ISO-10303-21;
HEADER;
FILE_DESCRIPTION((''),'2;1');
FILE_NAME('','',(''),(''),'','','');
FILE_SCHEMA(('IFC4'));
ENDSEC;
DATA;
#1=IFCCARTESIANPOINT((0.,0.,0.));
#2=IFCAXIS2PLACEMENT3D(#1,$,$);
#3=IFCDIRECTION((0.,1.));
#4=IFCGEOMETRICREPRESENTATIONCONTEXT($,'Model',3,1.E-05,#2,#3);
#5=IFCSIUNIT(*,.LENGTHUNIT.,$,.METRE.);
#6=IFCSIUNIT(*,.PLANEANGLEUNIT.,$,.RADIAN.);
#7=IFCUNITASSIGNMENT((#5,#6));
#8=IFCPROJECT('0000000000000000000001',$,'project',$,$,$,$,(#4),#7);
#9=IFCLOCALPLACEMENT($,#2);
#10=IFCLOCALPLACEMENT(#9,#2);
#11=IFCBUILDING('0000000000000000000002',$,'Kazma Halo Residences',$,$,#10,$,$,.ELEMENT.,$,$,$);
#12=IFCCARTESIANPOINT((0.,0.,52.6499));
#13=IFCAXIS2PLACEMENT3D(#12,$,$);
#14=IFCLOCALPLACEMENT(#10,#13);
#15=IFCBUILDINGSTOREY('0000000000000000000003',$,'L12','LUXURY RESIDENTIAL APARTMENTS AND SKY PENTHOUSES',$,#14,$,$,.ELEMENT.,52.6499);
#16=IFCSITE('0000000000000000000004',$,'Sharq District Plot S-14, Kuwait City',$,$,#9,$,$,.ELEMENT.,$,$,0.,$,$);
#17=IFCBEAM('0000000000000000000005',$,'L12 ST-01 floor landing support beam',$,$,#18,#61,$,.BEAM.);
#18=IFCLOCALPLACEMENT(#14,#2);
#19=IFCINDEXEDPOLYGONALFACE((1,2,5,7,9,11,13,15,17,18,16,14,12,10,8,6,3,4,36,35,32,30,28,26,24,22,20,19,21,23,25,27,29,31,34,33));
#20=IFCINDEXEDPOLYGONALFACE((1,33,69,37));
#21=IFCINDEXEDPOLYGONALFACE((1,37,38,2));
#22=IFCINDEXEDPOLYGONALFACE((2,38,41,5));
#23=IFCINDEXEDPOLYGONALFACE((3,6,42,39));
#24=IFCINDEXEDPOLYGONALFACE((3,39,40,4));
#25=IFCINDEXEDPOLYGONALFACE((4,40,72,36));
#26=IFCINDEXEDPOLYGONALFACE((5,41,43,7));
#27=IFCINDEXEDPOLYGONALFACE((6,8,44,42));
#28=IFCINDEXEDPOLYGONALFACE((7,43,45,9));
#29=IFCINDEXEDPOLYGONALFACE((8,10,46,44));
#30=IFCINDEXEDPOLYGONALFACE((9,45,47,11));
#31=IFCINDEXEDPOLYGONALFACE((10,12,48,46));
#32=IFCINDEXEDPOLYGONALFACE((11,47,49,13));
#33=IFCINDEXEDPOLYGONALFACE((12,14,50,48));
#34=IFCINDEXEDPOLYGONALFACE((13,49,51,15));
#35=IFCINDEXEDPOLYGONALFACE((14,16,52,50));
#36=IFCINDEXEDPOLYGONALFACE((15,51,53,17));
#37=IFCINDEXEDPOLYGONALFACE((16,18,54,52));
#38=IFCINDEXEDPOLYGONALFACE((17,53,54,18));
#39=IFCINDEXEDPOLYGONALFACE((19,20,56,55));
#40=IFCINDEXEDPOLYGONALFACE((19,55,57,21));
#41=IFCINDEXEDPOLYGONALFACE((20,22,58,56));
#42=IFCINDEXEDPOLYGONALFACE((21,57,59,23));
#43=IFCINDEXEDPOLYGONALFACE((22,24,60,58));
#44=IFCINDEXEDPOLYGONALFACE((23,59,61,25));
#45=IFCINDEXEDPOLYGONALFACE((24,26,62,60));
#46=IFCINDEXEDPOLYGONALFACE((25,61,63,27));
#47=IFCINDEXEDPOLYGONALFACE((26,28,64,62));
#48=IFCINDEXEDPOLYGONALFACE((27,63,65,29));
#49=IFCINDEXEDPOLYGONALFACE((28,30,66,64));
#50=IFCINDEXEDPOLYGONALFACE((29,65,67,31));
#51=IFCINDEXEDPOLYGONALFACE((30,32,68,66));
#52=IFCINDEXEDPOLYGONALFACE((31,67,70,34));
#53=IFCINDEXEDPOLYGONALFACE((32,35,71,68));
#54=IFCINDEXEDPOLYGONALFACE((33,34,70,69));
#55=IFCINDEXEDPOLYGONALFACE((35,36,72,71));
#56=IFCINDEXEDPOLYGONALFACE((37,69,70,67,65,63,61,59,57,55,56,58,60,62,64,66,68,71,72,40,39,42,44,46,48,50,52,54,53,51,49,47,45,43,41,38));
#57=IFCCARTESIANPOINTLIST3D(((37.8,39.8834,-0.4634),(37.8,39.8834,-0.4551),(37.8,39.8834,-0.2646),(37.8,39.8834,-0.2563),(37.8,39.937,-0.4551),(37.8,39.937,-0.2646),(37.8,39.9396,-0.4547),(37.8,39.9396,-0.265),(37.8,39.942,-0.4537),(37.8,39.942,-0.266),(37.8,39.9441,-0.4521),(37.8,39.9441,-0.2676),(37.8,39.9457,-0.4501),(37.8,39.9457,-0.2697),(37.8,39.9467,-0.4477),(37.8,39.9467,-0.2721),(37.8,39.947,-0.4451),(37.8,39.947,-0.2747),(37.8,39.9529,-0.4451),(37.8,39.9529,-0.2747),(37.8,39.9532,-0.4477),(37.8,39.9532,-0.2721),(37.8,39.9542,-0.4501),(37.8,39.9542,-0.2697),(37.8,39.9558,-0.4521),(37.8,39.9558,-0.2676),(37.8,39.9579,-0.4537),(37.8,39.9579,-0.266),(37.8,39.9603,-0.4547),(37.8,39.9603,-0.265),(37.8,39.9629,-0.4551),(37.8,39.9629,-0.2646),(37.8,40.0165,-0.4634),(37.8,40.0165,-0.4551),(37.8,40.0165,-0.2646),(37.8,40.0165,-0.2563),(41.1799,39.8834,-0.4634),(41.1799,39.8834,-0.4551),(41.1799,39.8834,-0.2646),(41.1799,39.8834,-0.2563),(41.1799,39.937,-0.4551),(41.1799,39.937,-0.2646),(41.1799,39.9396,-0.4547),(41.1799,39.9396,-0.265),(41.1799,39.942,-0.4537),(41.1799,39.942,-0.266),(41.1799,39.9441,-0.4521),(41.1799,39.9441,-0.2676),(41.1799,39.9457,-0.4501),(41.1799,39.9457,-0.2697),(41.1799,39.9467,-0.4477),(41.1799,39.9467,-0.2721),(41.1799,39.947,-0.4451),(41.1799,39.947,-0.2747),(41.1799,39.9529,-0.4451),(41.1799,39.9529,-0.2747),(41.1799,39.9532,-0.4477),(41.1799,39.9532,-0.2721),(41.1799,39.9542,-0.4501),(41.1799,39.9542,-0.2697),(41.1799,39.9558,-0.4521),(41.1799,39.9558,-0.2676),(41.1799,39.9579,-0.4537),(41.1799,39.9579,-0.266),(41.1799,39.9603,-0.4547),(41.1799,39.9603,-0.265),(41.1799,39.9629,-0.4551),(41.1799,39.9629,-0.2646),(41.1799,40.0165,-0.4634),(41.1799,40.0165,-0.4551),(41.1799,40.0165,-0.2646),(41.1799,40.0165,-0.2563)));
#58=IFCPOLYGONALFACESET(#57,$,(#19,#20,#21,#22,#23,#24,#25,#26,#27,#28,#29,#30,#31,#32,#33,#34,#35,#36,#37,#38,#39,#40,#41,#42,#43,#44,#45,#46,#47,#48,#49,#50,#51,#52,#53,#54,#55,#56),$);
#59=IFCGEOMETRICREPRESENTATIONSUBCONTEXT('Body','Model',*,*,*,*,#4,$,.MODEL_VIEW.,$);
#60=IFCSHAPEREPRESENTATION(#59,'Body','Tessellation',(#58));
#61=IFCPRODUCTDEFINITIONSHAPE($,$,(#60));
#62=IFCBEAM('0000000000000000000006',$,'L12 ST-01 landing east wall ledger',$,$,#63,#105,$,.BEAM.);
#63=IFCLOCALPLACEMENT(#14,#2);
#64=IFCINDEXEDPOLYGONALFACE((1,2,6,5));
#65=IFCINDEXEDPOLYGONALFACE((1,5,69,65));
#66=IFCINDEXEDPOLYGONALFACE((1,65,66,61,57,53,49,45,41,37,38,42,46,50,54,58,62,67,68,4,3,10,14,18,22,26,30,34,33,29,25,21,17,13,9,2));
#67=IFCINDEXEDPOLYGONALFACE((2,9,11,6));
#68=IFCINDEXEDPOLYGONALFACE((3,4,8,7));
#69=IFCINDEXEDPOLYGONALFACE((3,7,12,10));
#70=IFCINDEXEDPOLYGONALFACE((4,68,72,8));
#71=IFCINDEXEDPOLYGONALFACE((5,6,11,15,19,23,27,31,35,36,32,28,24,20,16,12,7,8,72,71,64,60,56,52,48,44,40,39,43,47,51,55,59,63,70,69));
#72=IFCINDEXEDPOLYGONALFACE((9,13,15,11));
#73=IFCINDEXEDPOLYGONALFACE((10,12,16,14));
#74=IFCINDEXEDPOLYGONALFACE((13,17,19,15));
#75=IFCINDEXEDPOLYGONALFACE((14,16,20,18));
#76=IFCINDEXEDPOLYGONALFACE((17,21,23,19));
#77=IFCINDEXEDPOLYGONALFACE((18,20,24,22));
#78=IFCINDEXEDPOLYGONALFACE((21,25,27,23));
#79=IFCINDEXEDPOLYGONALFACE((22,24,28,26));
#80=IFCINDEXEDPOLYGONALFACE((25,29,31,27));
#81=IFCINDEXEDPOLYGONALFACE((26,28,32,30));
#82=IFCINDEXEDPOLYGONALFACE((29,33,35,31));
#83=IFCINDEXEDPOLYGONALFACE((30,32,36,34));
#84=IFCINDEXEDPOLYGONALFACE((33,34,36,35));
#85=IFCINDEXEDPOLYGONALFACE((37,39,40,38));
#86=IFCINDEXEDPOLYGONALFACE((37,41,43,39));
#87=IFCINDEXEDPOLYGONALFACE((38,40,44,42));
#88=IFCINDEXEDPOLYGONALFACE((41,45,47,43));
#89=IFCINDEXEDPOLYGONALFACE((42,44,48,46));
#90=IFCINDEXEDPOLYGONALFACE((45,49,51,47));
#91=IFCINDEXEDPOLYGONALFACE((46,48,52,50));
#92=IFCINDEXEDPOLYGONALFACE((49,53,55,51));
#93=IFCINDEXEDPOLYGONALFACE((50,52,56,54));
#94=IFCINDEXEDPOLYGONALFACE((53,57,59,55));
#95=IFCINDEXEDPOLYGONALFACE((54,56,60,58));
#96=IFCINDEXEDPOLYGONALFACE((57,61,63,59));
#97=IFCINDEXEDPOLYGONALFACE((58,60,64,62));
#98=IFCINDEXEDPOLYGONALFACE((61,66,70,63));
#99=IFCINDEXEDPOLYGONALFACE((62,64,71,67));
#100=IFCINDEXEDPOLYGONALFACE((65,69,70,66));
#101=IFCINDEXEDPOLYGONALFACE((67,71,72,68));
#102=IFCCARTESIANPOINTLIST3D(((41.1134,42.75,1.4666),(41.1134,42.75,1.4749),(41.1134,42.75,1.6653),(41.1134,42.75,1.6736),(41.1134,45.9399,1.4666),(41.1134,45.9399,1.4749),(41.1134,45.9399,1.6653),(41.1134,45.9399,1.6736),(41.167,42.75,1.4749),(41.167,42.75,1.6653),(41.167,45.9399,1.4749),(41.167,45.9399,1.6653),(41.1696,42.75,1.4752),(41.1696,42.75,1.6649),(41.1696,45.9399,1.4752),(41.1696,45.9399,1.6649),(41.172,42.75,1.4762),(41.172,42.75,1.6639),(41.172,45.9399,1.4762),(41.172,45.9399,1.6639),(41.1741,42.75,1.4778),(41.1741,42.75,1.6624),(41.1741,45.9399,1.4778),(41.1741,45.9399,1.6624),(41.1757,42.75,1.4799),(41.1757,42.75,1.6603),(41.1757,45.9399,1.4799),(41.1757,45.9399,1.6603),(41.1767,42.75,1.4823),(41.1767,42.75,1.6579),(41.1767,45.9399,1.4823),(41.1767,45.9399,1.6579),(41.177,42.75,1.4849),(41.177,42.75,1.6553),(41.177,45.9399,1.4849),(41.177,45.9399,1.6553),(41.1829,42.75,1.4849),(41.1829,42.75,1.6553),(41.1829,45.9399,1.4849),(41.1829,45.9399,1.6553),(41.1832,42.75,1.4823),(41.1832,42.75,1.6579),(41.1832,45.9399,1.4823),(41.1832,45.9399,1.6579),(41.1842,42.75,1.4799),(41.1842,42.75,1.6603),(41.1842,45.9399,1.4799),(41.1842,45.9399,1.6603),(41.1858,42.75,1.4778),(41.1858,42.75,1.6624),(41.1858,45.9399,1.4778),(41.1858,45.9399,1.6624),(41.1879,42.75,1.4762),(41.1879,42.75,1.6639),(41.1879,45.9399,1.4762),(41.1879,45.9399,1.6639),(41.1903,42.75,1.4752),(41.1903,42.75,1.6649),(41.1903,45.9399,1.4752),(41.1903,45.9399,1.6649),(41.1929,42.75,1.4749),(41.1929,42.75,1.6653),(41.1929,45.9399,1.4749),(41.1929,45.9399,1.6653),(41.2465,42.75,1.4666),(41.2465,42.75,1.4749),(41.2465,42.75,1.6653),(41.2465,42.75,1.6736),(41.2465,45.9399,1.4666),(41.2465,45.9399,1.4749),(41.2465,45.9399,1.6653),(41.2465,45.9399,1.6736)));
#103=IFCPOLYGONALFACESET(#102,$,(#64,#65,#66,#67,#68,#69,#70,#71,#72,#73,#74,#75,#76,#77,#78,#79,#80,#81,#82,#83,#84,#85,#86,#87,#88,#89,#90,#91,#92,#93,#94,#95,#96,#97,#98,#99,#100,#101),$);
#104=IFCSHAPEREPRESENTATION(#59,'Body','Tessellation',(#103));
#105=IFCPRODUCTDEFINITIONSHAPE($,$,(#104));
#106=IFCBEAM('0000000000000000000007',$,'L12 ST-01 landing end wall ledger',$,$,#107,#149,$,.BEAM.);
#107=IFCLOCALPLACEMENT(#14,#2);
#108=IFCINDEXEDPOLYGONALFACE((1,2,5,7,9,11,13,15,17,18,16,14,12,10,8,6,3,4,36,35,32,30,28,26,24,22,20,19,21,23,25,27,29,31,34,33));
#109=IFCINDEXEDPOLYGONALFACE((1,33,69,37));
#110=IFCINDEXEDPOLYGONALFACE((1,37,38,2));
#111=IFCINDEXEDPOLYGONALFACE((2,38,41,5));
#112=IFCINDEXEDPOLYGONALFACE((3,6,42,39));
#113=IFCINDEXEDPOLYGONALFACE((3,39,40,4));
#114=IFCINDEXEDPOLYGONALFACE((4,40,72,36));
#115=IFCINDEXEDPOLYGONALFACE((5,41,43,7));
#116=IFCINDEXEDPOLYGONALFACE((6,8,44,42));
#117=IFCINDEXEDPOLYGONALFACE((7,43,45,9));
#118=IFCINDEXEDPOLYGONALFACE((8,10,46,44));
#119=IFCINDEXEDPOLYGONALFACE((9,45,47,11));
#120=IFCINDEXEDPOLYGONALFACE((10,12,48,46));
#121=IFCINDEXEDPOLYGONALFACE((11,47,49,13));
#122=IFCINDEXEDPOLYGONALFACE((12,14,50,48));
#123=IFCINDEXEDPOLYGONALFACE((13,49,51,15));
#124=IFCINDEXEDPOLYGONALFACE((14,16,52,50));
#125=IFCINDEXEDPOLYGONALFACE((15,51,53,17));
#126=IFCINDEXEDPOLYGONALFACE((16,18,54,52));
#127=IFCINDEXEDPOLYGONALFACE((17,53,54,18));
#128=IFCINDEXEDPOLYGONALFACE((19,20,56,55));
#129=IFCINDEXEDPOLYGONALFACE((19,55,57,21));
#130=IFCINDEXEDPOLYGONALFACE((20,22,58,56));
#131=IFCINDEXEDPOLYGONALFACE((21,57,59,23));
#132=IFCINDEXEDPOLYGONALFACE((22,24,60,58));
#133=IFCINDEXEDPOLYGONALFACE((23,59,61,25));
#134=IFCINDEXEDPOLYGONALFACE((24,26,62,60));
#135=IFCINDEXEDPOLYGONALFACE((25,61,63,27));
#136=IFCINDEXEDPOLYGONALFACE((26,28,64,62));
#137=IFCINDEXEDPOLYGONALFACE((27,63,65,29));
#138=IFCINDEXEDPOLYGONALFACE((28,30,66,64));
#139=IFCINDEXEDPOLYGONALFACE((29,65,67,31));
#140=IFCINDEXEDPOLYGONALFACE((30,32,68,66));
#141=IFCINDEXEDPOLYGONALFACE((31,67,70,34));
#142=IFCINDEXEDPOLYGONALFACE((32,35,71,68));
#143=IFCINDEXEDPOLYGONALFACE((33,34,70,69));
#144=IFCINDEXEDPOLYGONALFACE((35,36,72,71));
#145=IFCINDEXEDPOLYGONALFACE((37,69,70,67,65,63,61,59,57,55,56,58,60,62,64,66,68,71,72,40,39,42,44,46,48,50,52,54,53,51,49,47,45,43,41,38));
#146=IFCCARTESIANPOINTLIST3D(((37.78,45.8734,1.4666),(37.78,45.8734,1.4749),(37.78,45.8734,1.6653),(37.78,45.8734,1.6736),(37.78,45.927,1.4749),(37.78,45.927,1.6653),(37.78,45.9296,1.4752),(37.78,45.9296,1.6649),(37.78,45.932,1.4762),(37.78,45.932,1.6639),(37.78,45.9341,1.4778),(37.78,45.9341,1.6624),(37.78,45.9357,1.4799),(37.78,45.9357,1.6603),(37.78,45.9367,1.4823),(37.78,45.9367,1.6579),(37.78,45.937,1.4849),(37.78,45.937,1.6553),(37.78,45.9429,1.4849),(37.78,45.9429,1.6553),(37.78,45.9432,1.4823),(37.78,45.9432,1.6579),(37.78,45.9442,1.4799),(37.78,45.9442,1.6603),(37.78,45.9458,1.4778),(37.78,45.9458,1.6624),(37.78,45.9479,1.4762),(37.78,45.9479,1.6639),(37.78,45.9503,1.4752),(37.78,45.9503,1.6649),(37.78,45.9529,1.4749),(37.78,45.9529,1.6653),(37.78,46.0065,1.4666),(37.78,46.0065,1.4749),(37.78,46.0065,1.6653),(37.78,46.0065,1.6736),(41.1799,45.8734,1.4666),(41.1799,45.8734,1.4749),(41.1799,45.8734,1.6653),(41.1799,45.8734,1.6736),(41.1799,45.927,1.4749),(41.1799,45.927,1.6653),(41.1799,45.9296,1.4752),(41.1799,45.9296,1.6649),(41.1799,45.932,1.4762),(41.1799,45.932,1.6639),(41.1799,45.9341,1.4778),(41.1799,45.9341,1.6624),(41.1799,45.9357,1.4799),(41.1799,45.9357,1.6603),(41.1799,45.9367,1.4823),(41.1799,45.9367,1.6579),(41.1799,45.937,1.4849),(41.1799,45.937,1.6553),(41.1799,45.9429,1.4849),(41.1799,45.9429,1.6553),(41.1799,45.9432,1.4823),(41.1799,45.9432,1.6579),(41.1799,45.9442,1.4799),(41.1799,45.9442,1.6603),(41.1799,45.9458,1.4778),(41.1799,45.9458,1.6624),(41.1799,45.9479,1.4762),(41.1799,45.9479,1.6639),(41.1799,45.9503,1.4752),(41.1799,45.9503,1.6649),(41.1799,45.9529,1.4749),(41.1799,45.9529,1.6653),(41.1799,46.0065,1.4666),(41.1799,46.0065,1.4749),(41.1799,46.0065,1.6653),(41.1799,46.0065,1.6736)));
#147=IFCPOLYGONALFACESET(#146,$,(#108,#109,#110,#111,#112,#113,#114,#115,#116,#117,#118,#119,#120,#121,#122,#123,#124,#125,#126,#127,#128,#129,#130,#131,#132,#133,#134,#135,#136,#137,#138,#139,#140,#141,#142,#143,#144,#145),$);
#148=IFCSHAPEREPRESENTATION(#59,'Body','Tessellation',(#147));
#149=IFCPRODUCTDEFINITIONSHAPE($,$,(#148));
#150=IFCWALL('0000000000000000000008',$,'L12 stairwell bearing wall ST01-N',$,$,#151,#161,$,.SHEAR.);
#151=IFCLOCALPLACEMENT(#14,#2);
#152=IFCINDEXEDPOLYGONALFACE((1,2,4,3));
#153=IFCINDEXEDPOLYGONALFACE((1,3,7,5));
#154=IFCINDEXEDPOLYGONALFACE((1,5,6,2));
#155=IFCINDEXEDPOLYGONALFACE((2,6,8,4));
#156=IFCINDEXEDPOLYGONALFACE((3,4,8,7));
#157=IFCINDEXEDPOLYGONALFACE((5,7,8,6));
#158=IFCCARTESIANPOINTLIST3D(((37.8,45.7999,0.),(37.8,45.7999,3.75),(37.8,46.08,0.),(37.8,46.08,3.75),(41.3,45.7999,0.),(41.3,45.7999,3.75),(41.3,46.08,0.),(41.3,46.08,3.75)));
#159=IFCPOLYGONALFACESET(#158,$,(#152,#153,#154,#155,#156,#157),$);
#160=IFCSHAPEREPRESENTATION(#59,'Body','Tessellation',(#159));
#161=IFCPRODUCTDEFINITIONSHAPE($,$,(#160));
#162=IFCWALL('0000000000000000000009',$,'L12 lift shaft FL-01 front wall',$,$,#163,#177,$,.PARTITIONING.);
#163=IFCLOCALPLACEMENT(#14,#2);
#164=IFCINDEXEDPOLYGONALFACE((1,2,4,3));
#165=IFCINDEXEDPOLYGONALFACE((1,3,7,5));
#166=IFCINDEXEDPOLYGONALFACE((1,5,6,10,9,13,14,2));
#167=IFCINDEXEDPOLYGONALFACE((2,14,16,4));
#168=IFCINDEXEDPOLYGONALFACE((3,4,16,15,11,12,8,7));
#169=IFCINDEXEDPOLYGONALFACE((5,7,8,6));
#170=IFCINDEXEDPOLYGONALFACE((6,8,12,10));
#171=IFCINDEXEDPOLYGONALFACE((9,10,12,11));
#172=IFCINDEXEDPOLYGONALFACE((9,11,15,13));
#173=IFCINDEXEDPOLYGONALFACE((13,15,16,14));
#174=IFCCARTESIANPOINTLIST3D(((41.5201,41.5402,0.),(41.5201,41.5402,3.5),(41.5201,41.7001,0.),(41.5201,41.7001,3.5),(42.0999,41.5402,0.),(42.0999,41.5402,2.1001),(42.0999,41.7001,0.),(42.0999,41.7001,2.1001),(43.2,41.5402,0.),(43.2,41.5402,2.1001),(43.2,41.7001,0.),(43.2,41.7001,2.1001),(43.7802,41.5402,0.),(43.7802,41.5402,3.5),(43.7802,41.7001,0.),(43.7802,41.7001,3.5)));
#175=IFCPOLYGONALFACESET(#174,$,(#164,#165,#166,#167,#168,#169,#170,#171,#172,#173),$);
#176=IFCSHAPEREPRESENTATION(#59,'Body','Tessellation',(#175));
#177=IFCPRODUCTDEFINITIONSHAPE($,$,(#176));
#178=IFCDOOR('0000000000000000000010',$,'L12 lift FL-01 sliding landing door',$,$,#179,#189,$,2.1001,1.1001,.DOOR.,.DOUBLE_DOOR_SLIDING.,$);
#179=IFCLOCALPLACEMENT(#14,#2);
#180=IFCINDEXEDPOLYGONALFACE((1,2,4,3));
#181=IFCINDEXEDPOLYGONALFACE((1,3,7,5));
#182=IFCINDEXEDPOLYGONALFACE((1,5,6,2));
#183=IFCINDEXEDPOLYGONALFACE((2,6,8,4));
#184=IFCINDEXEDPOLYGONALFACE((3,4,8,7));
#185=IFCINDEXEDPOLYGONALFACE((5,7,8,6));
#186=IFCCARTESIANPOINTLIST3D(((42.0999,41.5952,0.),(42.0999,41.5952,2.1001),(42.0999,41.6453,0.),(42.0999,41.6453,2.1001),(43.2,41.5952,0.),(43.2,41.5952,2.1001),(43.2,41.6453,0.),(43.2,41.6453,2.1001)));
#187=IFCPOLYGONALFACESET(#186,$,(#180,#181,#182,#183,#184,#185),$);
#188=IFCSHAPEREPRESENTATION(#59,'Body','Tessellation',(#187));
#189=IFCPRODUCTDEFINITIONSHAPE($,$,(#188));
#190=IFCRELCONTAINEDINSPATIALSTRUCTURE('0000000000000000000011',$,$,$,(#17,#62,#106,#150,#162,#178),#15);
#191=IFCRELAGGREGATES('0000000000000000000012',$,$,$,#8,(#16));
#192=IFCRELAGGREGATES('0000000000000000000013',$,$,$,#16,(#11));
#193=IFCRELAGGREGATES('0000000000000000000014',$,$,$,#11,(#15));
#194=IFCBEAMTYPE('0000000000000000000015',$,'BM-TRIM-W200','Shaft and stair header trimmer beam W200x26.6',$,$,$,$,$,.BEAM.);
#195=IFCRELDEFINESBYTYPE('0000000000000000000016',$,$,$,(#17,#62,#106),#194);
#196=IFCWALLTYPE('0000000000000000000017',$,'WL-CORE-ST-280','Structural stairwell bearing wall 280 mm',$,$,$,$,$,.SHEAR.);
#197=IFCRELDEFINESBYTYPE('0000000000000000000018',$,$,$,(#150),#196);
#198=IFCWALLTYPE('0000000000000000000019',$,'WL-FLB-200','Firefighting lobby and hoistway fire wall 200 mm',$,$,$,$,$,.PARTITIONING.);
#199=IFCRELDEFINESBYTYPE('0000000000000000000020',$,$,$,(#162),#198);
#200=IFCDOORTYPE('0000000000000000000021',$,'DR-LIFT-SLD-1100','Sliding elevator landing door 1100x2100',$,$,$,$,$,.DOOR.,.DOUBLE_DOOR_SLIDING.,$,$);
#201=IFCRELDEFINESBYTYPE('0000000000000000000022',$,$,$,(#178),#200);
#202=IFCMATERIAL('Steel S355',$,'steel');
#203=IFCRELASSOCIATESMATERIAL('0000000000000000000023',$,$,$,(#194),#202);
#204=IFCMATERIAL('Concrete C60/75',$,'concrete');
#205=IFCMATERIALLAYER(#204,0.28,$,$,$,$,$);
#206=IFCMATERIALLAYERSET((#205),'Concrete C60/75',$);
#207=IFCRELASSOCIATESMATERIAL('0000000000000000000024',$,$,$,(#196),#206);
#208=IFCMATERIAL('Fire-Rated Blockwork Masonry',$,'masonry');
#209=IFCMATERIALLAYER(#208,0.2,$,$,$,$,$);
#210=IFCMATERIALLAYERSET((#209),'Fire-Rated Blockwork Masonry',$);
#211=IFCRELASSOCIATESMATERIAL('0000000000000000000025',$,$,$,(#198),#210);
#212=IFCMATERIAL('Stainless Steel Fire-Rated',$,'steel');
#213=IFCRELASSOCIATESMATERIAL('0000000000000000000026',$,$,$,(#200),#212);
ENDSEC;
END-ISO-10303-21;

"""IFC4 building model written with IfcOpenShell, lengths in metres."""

from ifc_helpers import new_model, si_unit, direction, frame, frame_2d, origin, origin_2d, place, context, subcontext, project, spatial, rectangle, i_section, extrude, material, layer, layer_set, material_profile, profile_set, type_object, element, fill, save


model = new_model("IFC4")

# Units and contexts
model_context = context("Model", 3, precision=1e-05, world=origin(), true_north=direction((0.0, 1.0)))
body_context = subcontext(model_context, "Body", "Model", "MODEL_VIEW")
ifc_project = project(units=[si_unit("LENGTHUNIT", "METRE"), si_unit("PLANEANGLEUNIT", "RADIAN")], contexts=[model_context])

# Site, building, storey
site_placement = place(None, origin())
site = spatial("IfcSite", under=ifc_project, at=site_placement, Name="Sharq District Plot S-14, Kuwait City", CompositionType="ELEMENT", RefElevation=0.0)
building_placement = place(site_placement, origin())
building = spatial("IfcBuilding", under=site, at=building_placement, Name="Kazma Halo Residences", CompositionType="ELEMENT")
storey_placement = place(building_placement, frame((0.0, 0.0, 52.6499)))
storey = spatial("IfcBuildingStorey", under=building, at=storey_placement, Name="L12", Description="LUXURY RESIDENTIAL APARTMENTS AND SKY PENTHOUSES", CompositionType="ELEMENT", Elevation=52.6499)

# Shared definitions
ifc_material_1 = material(Name="Steel S355", Category="steel")

# Beams
ifc_material_profile_1 = material_profile(ifc_material_1, i_section(OverallWidth=0.1331, OverallDepth=0.207, WebThickness=0.0059, FlangeThickness=0.0083, FilletRadius=0.01, at=origin_2d()), Name="W200x26.6")
ifc_profile_set_1 = profile_set([ifc_material_profile_1], Name="Steel S355")
beam_type_1 = type_object("IfcBeamType", Name="BM-TRIM-W200", Description="Shaft and stair header trimmer beam W200x26.6", PredefinedType="BEAM", material=ifc_profile_set_1)
beam_1_placement = place(storey_placement, frame((37.8, 39.95, -0.3599), z_axis=(1.0, 0.0, 0.0), x_axis=(0.0, 1.0, 0.0)))
element("IfcBeam", 1, at=beam_1_placement, inside=storey, type_object=beam_type_1, Name="L12 ST-01 floor landing support beam", PredefinedType="BEAM", context=body_context, shape_type="SweptSolid", body=[
    extrude(i_section(OverallWidth=0.1331, OverallDepth=0.207, WebThickness=0.0059, FlangeThickness=0.0083, FilletRadius=0.01, at=origin_2d()), origin(), (0.0, 0.0, 1.0), 3.3799),
])
beam_2_placement = place(storey_placement, frame((41.1799, 42.75, 1.5701), z_axis=(0.0, 1.0, 0.0), x_axis=(-1.0, 0.0, 0.0)))
element("IfcBeam", 2, at=beam_2_placement, inside=storey, type_object=beam_type_1, Name="L12 ST-01 landing east wall ledger", PredefinedType="BEAM", context=body_context, shape_type="SweptSolid", body=[
    extrude(i_section(OverallWidth=0.1331, OverallDepth=0.207, WebThickness=0.0059, FlangeThickness=0.0083, FilletRadius=0.01, at=origin_2d()), origin(), (0.0, 0.0, 1.0), 3.1899),
])
beam_3_placement = place(storey_placement, frame((37.78, 45.9399, 1.5701), z_axis=(1.0, 0.0, 0.0), x_axis=(0.0, 1.0, 0.0)))
element("IfcBeam", 3, at=beam_3_placement, inside=storey, type_object=beam_type_1, Name="L12 ST-01 landing end wall ledger", PredefinedType="BEAM", context=body_context, shape_type="SweptSolid", body=[
    extrude(i_section(OverallWidth=0.1331, OverallDepth=0.207, WebThickness=0.0059, FlangeThickness=0.0083, FilletRadius=0.01, at=origin_2d()), origin(), (0.0, 0.0, 1.0), 3.3999),
])

# Wall
ifc_material_2 = material(Name="Concrete C60/75", Category="concrete")
ifc_layer_1 = layer(ifc_material_2, 0.28)
ifc_layer_set_1 = layer_set([ifc_layer_1], Name="Concrete C60/75")
wall_type_1 = type_object("IfcWallType", Name="WL-CORE-ST-280", Description="Structural stairwell bearing wall 280 mm", PredefinedType="SHEAR", material=ifc_layer_set_1)
wall_1_placement = place(storey_placement, frame((37.8, 45.9399, 0.0), z_axis=(0.0, 0.0, 1.0), x_axis=(1.0, 0.0, 0.0)))
element("IfcWall", 4, at=wall_1_placement, inside=storey, type_object=wall_type_1, Name="L12 stairwell bearing wall ST01-N", PredefinedType="SHEAR", context=body_context, shape_type="SweptSolid", body=[
    extrude(rectangle(XDim=3.5, YDim=0.28, at=frame_2d((1.75, 0.0))), origin(), (0.0, 0.0, 1.0), 3.75),
])

# Wall, opening, door
ifc_material_3 = material(Name="Fire-Rated Blockwork Masonry", Category="masonry")
ifc_layer_2 = layer(ifc_material_3, 0.2)
ifc_layer_set_2 = layer_set([ifc_layer_2], Name="Fire-Rated Blockwork Masonry")
wall_type_2 = type_object("IfcWallType", Name="WL-FLB-200", Description="Firefighting lobby and hoistway fire wall 200 mm", PredefinedType="PARTITIONING", material=ifc_layer_set_2)
wall_2_placement = place(storey_placement, frame((43.78, 41.6201, 0.0), z_axis=(0.0, 0.0, 1.0), x_axis=(-1.0, 0.0, 0.0)))
wall_2 = element("IfcWall", 5, at=wall_2_placement, inside=storey, type_object=wall_type_2, Name="L12 lift shaft FL-01 front wall", PredefinedType="PARTITIONING", context=body_context, shape_type="SweptSolid", body=[
    extrude(rectangle(XDim=2.26, YDim=0.1599, at=frame_2d((1.1299, 0.0))), origin(), (0.0, 0.0, 1.0), 3.5),
])
opening_placement = place(wall_2_placement, frame((0.5801, 0.0, 0.0)))
opening = element("IfcOpeningElement", 6, at=opening_placement, cuts=wall_2, PredefinedType="OPENING", context=body_context, shape_type="SweptSolid", body=[
    extrude(rectangle(XDim=1.1001, YDim=2.1001, at=frame_2d((0.55, 1.05))), frame((0.0, 0.0898, 0.0), z_axis=(0.0, -1.0, 0.0), x_axis=(1.0, 0.0, 0.0)), (0.0, 0.0, 1.0), 0.1799),
])
ifc_material_4 = material(Name="Stainless Steel Fire-Rated", Category="steel")
door_type = type_object("IfcDoorType", Name="DR-LIFT-SLD-1100", Description="Sliding elevator landing door 1100x2100", OperationType="DOUBLE_DOOR_SLIDING", PredefinedType="DOOR", material=ifc_material_4)
door_placement = place(opening_placement, origin())
door = element("IfcDoor", 7, at=door_placement, inside=storey, type_object=door_type, Name="L12 lift FL-01 sliding landing door", OperationType="DOUBLE_DOOR_SLIDING", OverallHeight=2.1001, OverallWidth=1.1001, PredefinedType="DOOR", context=body_context, shape_type="SweptSolid", body=[
    extrude(rectangle(XDim=1.1001, YDim=2.1001, at=frame_2d((0.55, 1.05))), frame((0.0, 0.0249, 0.0), z_axis=(0.0, -1.0, 0.0), x_axis=(1.0, 0.0, 0.0)), (0.0, 0.0, 1.0), 0.05),
])
fill(opening, door)

save(model, "model.ifc")
